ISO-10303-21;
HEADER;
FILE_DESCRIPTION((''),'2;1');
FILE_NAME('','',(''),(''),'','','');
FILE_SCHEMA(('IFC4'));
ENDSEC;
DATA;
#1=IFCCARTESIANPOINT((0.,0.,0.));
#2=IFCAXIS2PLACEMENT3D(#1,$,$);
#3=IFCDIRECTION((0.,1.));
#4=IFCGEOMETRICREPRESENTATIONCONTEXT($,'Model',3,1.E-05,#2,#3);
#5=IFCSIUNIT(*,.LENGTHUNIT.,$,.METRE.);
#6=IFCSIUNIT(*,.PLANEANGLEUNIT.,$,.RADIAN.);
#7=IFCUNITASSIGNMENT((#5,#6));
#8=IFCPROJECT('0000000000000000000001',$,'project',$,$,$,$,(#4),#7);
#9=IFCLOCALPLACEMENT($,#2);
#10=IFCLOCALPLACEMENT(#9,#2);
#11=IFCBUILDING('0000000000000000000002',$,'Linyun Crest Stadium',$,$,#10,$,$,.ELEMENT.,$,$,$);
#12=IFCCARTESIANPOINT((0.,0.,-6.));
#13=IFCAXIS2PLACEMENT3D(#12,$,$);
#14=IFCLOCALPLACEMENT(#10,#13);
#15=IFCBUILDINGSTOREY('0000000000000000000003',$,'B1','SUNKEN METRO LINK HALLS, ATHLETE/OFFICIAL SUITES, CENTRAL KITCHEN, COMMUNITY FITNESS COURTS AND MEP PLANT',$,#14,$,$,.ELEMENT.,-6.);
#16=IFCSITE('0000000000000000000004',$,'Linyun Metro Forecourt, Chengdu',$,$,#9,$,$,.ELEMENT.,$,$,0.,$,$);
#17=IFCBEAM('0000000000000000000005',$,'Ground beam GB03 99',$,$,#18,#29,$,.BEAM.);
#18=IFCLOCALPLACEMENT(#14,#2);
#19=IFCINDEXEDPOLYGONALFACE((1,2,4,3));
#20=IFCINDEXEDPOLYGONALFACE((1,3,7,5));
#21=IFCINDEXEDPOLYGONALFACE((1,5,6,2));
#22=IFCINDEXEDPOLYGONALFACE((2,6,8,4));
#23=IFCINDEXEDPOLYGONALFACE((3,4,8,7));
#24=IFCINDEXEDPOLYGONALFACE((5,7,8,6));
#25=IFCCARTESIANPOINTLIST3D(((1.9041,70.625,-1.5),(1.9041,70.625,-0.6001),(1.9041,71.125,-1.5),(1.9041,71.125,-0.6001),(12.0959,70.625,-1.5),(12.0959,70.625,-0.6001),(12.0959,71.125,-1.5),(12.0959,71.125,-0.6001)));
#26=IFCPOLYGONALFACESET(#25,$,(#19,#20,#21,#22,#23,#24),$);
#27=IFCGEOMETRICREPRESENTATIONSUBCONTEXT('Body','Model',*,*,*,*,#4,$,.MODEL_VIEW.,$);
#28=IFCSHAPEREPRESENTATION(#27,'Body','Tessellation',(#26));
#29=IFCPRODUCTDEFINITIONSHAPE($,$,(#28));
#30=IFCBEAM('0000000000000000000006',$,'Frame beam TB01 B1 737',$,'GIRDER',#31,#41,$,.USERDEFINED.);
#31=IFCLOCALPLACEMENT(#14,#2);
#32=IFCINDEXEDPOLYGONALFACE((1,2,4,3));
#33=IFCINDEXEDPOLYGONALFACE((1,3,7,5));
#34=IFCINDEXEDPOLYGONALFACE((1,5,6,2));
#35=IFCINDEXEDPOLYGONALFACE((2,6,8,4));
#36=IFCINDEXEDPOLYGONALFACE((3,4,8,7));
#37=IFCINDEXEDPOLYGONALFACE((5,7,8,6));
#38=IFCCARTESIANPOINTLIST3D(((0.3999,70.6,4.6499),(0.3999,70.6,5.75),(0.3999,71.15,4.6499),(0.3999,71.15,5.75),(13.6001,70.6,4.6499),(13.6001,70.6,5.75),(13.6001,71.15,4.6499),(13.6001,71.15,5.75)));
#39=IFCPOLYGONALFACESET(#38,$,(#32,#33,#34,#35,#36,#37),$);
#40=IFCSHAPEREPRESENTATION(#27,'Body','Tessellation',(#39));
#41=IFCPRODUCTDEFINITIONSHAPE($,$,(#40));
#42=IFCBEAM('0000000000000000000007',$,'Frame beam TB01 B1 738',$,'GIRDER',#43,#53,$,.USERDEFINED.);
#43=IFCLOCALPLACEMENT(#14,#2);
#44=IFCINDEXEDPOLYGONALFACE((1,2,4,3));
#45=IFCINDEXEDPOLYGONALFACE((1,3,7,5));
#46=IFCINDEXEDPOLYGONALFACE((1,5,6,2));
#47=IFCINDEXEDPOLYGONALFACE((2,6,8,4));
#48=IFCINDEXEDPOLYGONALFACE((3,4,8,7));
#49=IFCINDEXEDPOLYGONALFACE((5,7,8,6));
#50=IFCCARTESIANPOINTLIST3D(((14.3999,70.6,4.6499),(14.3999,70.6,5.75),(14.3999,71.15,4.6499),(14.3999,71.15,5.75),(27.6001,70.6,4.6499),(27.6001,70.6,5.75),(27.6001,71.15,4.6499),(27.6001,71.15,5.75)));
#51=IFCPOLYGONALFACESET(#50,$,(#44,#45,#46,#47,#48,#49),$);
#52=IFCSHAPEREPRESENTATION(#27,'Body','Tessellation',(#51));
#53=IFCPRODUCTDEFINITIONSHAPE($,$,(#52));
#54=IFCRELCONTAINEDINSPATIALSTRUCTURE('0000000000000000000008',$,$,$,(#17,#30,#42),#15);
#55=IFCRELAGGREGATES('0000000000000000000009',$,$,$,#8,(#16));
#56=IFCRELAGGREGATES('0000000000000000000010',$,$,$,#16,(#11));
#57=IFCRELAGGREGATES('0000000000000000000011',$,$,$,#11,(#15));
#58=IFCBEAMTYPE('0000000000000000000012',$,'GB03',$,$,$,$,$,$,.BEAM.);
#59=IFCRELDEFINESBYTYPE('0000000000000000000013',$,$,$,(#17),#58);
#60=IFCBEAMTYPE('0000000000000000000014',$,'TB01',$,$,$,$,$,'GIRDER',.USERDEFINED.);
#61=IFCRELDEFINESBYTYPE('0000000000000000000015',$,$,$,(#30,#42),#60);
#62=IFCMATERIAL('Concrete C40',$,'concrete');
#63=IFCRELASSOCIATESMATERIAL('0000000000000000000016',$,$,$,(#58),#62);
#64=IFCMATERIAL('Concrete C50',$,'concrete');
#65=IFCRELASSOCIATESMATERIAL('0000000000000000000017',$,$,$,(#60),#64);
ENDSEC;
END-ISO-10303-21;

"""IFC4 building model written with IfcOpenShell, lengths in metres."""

from ifc_helpers import new_model, si_unit, direction, frame, origin, origin_2d, place, context, subcontext, project, spatial, rectangle, extrude, material, material_profile, profile_set, type_object, element, save


model = new_model("IFC4")

# Units and contexts
model_context = context("Model", 3, precision=1e-05, world=origin(), true_north=direction((0.0, 1.0)))
body_context = subcontext(model_context, "Body", "Model", "MODEL_VIEW")
ifc_project = project(units=[si_unit("LENGTHUNIT", "METRE"), si_unit("PLANEANGLEUNIT", "RADIAN")], contexts=[model_context])

# Site, building, storey
site_placement = place(None, origin())
site = spatial("IfcSite", under=ifc_project, at=site_placement, Name="Linyun Metro Forecourt, Chengdu", CompositionType="ELEMENT", RefElevation=0.0)
building_placement = place(site_placement, origin())
building = spatial("IfcBuilding", under=site, at=building_placement, Name="Linyun Crest Stadium", CompositionType="ELEMENT")
storey_placement = place(building_placement, frame((0.0, 0.0, -6.0)))
storey = spatial("IfcBuildingStorey", under=building, at=storey_placement, Name="B1", Description="SUNKEN METRO LINK HALLS, ATHLETE/OFFICIAL SUITES, CENTRAL KITCHEN, COMMUNITY FITNESS COURTS AND MEP PLANT", CompositionType="ELEMENT", Elevation=-6.0)

# Beams
ifc_material_1 = material(Name="Concrete C40", Category="concrete")
ifc_material_profile_1 = material_profile(ifc_material_1, rectangle(XDim=0.5, YDim=0.8999, at=origin_2d()), Name="RCB 900x500")
ifc_profile_set_1 = profile_set([ifc_material_profile_1], Name="Concrete C40")
beam_type_1 = type_object("IfcBeamType", Name="GB03", PredefinedType="BEAM", material=ifc_profile_set_1)
beam_1_placement = place(storey_placement, frame((1.9041, 70.875, -1.05), z_axis=(1.0, 0.0, 0.0), x_axis=(0.0, 1.0, 0.0)))
element("IfcBeam", 1, at=beam_1_placement, inside=storey, type_object=beam_type_1, Name="Ground beam GB03 99", PredefinedType="BEAM", context=body_context, shape_type="SweptSolid", body=[
    extrude(rectangle(XDim=0.5, YDim=0.8999, at=origin_2d()), origin(), (0.0, 0.0, 1.0), 10.1919),
])
ifc_material_2 = material(Name="Concrete C50", Category="concrete")
ifc_material_profile_2 = material_profile(ifc_material_2, rectangle(XDim=0.55, YDim=1.1001, at=origin_2d()), Name="RCB 1100x550")
ifc_profile_set_2 = profile_set([ifc_material_profile_2], Name="Concrete C50")
beam_type_2 = type_object("IfcBeamType", Name="TB01", ElementType="GIRDER", PredefinedType="USERDEFINED", material=ifc_profile_set_2)
for number, where, z_axis, x_axis, name in (
    (2, (0.3999, 70.875, 5.2), (1.0, 0.0, 0.0), (0.0, 1.0, 0.0), "Frame beam TB01 B1 737"),
    (3, (14.3999, 70.875, 5.2), (1.0, 0.0, 0.0), (0.0, 1.0, 0.0), "Frame beam TB01 B1 738"),
):
    element("IfcBeam", number, at=place(storey_placement, frame(where, z_axis=z_axis, x_axis=x_axis)), inside=storey, type_object=beam_type_2, Name=name, ObjectType="GIRDER", PredefinedType="USERDEFINED", context=body_context, shape_type="SweptSolid", body=[
        extrude(rectangle(XDim=0.55, YDim=1.1001, at=origin_2d()), origin(), (0.0, 0.0, 1.0), 13.2002),
    ])

save(model, "model.ifc")
